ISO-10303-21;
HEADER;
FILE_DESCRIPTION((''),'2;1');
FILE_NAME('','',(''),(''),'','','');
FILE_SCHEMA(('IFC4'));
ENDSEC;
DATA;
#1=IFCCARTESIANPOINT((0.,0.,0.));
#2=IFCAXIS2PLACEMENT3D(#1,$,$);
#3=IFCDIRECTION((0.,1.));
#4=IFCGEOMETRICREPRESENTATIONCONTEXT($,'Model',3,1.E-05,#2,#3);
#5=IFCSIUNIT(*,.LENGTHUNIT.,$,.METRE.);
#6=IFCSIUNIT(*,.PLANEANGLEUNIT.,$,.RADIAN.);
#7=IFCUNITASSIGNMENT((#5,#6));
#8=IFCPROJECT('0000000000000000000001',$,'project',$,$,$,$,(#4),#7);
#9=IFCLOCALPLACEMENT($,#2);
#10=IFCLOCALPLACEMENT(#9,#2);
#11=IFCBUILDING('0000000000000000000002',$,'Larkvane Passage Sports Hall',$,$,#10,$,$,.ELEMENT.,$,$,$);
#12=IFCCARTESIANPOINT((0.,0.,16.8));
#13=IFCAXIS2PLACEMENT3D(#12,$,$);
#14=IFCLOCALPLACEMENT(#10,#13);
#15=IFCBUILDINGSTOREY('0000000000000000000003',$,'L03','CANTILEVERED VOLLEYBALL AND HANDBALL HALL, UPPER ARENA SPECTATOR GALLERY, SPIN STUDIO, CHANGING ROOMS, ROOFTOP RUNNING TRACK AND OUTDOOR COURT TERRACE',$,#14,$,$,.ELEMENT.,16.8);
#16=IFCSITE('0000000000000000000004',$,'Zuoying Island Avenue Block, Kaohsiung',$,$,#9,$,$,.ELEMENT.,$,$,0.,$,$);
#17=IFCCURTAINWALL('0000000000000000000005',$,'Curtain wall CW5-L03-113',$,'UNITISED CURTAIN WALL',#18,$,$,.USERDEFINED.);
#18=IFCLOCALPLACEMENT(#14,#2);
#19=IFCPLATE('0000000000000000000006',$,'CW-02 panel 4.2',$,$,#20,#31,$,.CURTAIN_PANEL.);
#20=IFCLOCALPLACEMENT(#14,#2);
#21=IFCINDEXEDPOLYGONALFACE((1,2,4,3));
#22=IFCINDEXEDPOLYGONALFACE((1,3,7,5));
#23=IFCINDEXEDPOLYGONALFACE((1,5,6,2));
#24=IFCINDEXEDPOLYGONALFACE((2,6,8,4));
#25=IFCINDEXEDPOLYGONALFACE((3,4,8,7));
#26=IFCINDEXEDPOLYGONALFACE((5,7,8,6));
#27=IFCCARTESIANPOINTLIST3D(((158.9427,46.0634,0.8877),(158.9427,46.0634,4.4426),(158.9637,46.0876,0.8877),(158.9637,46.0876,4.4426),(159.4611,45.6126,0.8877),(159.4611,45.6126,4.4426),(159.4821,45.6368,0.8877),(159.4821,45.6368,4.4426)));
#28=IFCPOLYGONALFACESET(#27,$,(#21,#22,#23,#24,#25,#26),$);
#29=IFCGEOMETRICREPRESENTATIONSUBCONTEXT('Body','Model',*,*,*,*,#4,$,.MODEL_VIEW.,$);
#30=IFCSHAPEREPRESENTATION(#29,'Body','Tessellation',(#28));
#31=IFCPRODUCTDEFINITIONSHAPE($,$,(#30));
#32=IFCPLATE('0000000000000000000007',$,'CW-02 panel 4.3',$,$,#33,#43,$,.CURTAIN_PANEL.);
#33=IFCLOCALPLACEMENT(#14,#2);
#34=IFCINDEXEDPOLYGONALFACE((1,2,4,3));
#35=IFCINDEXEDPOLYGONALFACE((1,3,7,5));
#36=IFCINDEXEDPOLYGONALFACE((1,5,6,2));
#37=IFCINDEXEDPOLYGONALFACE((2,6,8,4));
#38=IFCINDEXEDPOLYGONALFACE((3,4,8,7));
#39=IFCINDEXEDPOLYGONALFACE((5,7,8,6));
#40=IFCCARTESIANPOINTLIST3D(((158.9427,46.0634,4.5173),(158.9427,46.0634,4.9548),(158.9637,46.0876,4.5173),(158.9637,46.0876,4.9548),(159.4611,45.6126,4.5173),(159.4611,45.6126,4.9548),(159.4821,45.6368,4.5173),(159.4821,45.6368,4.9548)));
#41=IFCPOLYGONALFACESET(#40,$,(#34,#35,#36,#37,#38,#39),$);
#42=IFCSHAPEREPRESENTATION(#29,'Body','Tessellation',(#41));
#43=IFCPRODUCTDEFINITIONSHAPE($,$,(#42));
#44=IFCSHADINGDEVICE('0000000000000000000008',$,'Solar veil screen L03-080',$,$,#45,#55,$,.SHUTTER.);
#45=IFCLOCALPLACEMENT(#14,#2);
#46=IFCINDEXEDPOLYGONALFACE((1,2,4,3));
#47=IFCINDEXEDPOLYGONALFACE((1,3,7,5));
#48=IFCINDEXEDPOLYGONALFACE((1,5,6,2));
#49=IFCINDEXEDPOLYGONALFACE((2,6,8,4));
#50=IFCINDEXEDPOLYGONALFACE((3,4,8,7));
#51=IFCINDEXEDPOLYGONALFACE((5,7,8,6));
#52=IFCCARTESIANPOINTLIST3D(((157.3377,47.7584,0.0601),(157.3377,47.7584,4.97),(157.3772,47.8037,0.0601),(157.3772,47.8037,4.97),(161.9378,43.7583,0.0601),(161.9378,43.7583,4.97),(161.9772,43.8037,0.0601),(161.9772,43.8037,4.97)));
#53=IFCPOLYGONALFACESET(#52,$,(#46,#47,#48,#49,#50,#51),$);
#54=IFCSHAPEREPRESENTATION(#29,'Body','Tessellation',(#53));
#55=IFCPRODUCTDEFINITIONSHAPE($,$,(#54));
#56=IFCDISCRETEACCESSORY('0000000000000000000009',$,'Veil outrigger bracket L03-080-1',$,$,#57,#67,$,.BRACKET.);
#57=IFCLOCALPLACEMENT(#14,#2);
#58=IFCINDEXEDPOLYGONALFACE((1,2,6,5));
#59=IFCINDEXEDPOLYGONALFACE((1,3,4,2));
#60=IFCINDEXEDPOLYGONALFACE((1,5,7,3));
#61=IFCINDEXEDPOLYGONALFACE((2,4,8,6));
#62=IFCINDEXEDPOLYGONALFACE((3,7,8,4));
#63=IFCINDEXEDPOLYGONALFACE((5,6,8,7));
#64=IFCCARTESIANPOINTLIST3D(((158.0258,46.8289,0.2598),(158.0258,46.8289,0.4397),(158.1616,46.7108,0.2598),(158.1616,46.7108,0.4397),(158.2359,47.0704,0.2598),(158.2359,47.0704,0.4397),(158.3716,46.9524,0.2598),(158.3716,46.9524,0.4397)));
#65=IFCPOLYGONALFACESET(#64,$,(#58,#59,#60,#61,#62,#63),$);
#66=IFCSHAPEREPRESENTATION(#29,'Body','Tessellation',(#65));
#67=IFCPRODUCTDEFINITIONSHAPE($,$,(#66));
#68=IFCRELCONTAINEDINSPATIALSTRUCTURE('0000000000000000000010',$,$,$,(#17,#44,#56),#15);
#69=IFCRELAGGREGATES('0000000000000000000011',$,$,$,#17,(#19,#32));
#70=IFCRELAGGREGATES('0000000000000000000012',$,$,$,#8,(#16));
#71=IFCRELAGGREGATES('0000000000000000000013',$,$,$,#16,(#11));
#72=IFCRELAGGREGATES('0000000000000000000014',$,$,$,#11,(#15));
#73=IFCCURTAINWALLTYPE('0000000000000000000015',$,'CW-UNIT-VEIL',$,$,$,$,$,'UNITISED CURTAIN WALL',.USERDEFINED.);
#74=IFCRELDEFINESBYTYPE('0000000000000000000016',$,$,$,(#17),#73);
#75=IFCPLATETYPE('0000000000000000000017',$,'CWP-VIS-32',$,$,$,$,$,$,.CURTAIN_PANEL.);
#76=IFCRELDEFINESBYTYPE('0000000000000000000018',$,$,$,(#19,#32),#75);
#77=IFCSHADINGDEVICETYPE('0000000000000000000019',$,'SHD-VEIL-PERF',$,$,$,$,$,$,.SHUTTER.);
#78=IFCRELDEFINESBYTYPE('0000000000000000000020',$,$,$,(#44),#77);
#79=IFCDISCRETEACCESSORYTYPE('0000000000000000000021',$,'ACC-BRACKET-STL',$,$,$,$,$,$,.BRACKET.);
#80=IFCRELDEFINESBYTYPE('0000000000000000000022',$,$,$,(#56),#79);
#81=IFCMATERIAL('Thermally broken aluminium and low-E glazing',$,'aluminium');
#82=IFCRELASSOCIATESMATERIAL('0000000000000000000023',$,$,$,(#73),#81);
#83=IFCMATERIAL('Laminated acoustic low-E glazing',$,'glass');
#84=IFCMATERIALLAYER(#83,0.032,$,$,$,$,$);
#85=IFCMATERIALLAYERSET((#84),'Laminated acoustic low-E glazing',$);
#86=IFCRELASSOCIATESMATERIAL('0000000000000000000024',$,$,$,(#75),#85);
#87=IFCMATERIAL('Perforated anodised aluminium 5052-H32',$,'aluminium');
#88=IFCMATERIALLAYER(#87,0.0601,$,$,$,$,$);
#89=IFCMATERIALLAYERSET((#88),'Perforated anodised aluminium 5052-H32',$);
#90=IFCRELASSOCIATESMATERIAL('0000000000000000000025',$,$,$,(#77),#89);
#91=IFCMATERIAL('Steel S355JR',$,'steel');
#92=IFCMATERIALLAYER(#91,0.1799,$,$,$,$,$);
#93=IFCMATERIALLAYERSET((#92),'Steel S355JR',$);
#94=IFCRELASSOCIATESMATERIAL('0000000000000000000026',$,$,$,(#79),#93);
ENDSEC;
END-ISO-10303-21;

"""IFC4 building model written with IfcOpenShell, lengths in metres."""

from ifc_helpers import new_model, si_unit, direction, frame, origin, origin_2d, place, context, subcontext, project, spatial, rectangle, extrude, material, layer, layer_set, type_object, element, aggregate, save


model = new_model("IFC4")

# Units and contexts
model_context = context("Model", 3, precision=1e-05, world=origin(), true_north=direction((0.0, 1.0)))
body_context = subcontext(model_context, "Body", "Model", "MODEL_VIEW")
ifc_project = project(units=[si_unit("LENGTHUNIT", "METRE"), si_unit("PLANEANGLEUNIT", "RADIAN")], contexts=[model_context])

# Site, building, storey
site_placement = place(None, origin())
site = spatial("IfcSite", under=ifc_project, at=site_placement, Name="Zuoying Island Avenue Block, Kaohsiung", CompositionType="ELEMENT", RefElevation=0.0)
building_placement = place(site_placement, origin())
building = spatial("IfcBuilding", under=site, at=building_placement, Name="Larkvane Passage Sports Hall", CompositionType="ELEMENT")
storey_placement = place(building_placement, frame((0.0, 0.0, 16.8)))
storey = spatial("IfcBuildingStorey", under=building, at=storey_placement, Name="L03", Description="CANTILEVERED VOLLEYBALL AND HANDBALL HALL, UPPER ARENA SPECTATOR GALLERY, SPIN STUDIO, CHANGING ROOMS, ROOFTOP RUNNING TRACK AND OUTDOOR COURT TERRACE", CompositionType="ELEMENT", Elevation=16.8)

# Curtain wall, plates
ifc_material_1 = material(Name="Thermally broken aluminium and low-E glazing", Category="aluminium")
curtain_wall_type = type_object("IfcCurtainWallType", Name="CW-UNIT-VEIL", ElementType="UNITISED CURTAIN WALL", PredefinedType="USERDEFINED", material=ifc_material_1)
curtain_wall_placement = place(storey_placement, origin())
curtain_wall = element("IfcCurtainWall", 1, at=curtain_wall_placement, inside=storey, type_object=curtain_wall_type, Name="Curtain wall CW5-L03-113", ObjectType="UNITISED CURTAIN WALL", PredefinedType="USERDEFINED")
ifc_material_2 = material(Name="Laminated acoustic low-E glazing", Category="glass")
ifc_layer_1 = layer(ifc_material_2, 0.032)
ifc_layer_set_1 = layer_set([ifc_layer_1], Name="Laminated acoustic low-E glazing")
plate_type_1 = type_object("IfcPlateType", Name="CWP-VIS-32", PredefinedType="CURTAIN_PANEL", material=ifc_layer_set_1)
plate_1_placement = place(storey_placement, frame((159.2124, 45.8501, 0.8877), z_axis=(0.0, 0.0, 1.0), x_axis=(0.754606, -0.656179, 0.0)))
plate_1 = element("IfcPlate", 2, at=plate_1_placement, type_object=plate_type_1, Name="CW-02 panel 4.2", PredefinedType="CURTAIN_PANEL", context=body_context, shape_type="SweptSolid", body=[
    extrude(rectangle(XDim=0.687, YDim=0.032, at=origin_2d()), origin(), (0.0, 0.0, 1.0), 3.5549),
])
plate_2_placement = place(storey_placement, frame((159.2124, 45.8501, 4.5173), z_axis=(0.0, 0.0, 1.0), x_axis=(0.754606, -0.656179, 0.0)))
plate_2 = element("IfcPlate", 3, at=plate_2_placement, type_object=plate_type_1, Name="CW-02 panel 4.3", PredefinedType="CURTAIN_PANEL", context=body_context, shape_type="SweptSolid", body=[
    extrude(rectangle(XDim=0.687, YDim=0.032, at=origin_2d()), origin(), (0.0, 0.0, 1.0), 0.4375),
])
aggregate(curtain_wall, [plate_1, plate_2])

# Shading device
ifc_material_3 = material(Name="Perforated anodised aluminium 5052-H32", Category="aluminium")
ifc_layer_2 = layer(ifc_material_3, 0.0601)
ifc_layer_set_2 = layer_set([ifc_layer_2], Name="Perforated anodised aluminium 5052-H32")
shading_device_type = type_object("IfcShadingDeviceType", Name="SHD-VEIL-PERF", PredefinedType="SHUTTER", material=ifc_layer_set_2)
shading_device_placement = place(storey_placement, frame((159.6575, 45.781, 0.0601), z_axis=(0.0, 0.0, 1.0), x_axis=(0.754606, -0.656179, 0.0)))
element("IfcShadingDevice", 4, at=shading_device_placement, inside=storey, type_object=shading_device_type, Name="Solar veil screen L03-080", PredefinedType="SHUTTER", context=body_context, shape_type="SweptSolid", body=[
    extrude(rectangle(XDim=6.0959, YDim=0.0601, at=origin_2d()), origin(), (0.0, 0.0, 1.0), 4.9099),
])

# Discrete accessory
ifc_material_4 = material(Name="Steel S355JR", Category="steel")
ifc_layer_3 = layer(ifc_material_4, 0.1799)
ifc_layer_set_3 = layer_set([ifc_layer_3], Name="Steel S355JR")
discrete_accessory_type = type_object("IfcDiscreteAccessoryType", Name="ACC-BRACKET-STL", PredefinedType="BRACKET", material=ifc_layer_set_3)
discrete_accessory_placement = place(storey_placement, frame((158.1987, 46.8906, 0.2598), z_axis=(0.0, 0.0, 1.0), x_axis=(0.754606, -0.656179, 0.0)))
element("IfcDiscreteAccessory", 5, at=discrete_accessory_placement, inside=storey, type_object=discrete_accessory_type, Name="Veil outrigger bracket L03-080-1", PredefinedType="BRACKET", context=body_context, shape_type="SweptSolid", body=[
    extrude(rectangle(XDim=0.1799, YDim=0.3201, at=origin_2d()), origin(), (0.0, 0.0, 1.0), 0.1799),
])

save(model, "model.ifc")
